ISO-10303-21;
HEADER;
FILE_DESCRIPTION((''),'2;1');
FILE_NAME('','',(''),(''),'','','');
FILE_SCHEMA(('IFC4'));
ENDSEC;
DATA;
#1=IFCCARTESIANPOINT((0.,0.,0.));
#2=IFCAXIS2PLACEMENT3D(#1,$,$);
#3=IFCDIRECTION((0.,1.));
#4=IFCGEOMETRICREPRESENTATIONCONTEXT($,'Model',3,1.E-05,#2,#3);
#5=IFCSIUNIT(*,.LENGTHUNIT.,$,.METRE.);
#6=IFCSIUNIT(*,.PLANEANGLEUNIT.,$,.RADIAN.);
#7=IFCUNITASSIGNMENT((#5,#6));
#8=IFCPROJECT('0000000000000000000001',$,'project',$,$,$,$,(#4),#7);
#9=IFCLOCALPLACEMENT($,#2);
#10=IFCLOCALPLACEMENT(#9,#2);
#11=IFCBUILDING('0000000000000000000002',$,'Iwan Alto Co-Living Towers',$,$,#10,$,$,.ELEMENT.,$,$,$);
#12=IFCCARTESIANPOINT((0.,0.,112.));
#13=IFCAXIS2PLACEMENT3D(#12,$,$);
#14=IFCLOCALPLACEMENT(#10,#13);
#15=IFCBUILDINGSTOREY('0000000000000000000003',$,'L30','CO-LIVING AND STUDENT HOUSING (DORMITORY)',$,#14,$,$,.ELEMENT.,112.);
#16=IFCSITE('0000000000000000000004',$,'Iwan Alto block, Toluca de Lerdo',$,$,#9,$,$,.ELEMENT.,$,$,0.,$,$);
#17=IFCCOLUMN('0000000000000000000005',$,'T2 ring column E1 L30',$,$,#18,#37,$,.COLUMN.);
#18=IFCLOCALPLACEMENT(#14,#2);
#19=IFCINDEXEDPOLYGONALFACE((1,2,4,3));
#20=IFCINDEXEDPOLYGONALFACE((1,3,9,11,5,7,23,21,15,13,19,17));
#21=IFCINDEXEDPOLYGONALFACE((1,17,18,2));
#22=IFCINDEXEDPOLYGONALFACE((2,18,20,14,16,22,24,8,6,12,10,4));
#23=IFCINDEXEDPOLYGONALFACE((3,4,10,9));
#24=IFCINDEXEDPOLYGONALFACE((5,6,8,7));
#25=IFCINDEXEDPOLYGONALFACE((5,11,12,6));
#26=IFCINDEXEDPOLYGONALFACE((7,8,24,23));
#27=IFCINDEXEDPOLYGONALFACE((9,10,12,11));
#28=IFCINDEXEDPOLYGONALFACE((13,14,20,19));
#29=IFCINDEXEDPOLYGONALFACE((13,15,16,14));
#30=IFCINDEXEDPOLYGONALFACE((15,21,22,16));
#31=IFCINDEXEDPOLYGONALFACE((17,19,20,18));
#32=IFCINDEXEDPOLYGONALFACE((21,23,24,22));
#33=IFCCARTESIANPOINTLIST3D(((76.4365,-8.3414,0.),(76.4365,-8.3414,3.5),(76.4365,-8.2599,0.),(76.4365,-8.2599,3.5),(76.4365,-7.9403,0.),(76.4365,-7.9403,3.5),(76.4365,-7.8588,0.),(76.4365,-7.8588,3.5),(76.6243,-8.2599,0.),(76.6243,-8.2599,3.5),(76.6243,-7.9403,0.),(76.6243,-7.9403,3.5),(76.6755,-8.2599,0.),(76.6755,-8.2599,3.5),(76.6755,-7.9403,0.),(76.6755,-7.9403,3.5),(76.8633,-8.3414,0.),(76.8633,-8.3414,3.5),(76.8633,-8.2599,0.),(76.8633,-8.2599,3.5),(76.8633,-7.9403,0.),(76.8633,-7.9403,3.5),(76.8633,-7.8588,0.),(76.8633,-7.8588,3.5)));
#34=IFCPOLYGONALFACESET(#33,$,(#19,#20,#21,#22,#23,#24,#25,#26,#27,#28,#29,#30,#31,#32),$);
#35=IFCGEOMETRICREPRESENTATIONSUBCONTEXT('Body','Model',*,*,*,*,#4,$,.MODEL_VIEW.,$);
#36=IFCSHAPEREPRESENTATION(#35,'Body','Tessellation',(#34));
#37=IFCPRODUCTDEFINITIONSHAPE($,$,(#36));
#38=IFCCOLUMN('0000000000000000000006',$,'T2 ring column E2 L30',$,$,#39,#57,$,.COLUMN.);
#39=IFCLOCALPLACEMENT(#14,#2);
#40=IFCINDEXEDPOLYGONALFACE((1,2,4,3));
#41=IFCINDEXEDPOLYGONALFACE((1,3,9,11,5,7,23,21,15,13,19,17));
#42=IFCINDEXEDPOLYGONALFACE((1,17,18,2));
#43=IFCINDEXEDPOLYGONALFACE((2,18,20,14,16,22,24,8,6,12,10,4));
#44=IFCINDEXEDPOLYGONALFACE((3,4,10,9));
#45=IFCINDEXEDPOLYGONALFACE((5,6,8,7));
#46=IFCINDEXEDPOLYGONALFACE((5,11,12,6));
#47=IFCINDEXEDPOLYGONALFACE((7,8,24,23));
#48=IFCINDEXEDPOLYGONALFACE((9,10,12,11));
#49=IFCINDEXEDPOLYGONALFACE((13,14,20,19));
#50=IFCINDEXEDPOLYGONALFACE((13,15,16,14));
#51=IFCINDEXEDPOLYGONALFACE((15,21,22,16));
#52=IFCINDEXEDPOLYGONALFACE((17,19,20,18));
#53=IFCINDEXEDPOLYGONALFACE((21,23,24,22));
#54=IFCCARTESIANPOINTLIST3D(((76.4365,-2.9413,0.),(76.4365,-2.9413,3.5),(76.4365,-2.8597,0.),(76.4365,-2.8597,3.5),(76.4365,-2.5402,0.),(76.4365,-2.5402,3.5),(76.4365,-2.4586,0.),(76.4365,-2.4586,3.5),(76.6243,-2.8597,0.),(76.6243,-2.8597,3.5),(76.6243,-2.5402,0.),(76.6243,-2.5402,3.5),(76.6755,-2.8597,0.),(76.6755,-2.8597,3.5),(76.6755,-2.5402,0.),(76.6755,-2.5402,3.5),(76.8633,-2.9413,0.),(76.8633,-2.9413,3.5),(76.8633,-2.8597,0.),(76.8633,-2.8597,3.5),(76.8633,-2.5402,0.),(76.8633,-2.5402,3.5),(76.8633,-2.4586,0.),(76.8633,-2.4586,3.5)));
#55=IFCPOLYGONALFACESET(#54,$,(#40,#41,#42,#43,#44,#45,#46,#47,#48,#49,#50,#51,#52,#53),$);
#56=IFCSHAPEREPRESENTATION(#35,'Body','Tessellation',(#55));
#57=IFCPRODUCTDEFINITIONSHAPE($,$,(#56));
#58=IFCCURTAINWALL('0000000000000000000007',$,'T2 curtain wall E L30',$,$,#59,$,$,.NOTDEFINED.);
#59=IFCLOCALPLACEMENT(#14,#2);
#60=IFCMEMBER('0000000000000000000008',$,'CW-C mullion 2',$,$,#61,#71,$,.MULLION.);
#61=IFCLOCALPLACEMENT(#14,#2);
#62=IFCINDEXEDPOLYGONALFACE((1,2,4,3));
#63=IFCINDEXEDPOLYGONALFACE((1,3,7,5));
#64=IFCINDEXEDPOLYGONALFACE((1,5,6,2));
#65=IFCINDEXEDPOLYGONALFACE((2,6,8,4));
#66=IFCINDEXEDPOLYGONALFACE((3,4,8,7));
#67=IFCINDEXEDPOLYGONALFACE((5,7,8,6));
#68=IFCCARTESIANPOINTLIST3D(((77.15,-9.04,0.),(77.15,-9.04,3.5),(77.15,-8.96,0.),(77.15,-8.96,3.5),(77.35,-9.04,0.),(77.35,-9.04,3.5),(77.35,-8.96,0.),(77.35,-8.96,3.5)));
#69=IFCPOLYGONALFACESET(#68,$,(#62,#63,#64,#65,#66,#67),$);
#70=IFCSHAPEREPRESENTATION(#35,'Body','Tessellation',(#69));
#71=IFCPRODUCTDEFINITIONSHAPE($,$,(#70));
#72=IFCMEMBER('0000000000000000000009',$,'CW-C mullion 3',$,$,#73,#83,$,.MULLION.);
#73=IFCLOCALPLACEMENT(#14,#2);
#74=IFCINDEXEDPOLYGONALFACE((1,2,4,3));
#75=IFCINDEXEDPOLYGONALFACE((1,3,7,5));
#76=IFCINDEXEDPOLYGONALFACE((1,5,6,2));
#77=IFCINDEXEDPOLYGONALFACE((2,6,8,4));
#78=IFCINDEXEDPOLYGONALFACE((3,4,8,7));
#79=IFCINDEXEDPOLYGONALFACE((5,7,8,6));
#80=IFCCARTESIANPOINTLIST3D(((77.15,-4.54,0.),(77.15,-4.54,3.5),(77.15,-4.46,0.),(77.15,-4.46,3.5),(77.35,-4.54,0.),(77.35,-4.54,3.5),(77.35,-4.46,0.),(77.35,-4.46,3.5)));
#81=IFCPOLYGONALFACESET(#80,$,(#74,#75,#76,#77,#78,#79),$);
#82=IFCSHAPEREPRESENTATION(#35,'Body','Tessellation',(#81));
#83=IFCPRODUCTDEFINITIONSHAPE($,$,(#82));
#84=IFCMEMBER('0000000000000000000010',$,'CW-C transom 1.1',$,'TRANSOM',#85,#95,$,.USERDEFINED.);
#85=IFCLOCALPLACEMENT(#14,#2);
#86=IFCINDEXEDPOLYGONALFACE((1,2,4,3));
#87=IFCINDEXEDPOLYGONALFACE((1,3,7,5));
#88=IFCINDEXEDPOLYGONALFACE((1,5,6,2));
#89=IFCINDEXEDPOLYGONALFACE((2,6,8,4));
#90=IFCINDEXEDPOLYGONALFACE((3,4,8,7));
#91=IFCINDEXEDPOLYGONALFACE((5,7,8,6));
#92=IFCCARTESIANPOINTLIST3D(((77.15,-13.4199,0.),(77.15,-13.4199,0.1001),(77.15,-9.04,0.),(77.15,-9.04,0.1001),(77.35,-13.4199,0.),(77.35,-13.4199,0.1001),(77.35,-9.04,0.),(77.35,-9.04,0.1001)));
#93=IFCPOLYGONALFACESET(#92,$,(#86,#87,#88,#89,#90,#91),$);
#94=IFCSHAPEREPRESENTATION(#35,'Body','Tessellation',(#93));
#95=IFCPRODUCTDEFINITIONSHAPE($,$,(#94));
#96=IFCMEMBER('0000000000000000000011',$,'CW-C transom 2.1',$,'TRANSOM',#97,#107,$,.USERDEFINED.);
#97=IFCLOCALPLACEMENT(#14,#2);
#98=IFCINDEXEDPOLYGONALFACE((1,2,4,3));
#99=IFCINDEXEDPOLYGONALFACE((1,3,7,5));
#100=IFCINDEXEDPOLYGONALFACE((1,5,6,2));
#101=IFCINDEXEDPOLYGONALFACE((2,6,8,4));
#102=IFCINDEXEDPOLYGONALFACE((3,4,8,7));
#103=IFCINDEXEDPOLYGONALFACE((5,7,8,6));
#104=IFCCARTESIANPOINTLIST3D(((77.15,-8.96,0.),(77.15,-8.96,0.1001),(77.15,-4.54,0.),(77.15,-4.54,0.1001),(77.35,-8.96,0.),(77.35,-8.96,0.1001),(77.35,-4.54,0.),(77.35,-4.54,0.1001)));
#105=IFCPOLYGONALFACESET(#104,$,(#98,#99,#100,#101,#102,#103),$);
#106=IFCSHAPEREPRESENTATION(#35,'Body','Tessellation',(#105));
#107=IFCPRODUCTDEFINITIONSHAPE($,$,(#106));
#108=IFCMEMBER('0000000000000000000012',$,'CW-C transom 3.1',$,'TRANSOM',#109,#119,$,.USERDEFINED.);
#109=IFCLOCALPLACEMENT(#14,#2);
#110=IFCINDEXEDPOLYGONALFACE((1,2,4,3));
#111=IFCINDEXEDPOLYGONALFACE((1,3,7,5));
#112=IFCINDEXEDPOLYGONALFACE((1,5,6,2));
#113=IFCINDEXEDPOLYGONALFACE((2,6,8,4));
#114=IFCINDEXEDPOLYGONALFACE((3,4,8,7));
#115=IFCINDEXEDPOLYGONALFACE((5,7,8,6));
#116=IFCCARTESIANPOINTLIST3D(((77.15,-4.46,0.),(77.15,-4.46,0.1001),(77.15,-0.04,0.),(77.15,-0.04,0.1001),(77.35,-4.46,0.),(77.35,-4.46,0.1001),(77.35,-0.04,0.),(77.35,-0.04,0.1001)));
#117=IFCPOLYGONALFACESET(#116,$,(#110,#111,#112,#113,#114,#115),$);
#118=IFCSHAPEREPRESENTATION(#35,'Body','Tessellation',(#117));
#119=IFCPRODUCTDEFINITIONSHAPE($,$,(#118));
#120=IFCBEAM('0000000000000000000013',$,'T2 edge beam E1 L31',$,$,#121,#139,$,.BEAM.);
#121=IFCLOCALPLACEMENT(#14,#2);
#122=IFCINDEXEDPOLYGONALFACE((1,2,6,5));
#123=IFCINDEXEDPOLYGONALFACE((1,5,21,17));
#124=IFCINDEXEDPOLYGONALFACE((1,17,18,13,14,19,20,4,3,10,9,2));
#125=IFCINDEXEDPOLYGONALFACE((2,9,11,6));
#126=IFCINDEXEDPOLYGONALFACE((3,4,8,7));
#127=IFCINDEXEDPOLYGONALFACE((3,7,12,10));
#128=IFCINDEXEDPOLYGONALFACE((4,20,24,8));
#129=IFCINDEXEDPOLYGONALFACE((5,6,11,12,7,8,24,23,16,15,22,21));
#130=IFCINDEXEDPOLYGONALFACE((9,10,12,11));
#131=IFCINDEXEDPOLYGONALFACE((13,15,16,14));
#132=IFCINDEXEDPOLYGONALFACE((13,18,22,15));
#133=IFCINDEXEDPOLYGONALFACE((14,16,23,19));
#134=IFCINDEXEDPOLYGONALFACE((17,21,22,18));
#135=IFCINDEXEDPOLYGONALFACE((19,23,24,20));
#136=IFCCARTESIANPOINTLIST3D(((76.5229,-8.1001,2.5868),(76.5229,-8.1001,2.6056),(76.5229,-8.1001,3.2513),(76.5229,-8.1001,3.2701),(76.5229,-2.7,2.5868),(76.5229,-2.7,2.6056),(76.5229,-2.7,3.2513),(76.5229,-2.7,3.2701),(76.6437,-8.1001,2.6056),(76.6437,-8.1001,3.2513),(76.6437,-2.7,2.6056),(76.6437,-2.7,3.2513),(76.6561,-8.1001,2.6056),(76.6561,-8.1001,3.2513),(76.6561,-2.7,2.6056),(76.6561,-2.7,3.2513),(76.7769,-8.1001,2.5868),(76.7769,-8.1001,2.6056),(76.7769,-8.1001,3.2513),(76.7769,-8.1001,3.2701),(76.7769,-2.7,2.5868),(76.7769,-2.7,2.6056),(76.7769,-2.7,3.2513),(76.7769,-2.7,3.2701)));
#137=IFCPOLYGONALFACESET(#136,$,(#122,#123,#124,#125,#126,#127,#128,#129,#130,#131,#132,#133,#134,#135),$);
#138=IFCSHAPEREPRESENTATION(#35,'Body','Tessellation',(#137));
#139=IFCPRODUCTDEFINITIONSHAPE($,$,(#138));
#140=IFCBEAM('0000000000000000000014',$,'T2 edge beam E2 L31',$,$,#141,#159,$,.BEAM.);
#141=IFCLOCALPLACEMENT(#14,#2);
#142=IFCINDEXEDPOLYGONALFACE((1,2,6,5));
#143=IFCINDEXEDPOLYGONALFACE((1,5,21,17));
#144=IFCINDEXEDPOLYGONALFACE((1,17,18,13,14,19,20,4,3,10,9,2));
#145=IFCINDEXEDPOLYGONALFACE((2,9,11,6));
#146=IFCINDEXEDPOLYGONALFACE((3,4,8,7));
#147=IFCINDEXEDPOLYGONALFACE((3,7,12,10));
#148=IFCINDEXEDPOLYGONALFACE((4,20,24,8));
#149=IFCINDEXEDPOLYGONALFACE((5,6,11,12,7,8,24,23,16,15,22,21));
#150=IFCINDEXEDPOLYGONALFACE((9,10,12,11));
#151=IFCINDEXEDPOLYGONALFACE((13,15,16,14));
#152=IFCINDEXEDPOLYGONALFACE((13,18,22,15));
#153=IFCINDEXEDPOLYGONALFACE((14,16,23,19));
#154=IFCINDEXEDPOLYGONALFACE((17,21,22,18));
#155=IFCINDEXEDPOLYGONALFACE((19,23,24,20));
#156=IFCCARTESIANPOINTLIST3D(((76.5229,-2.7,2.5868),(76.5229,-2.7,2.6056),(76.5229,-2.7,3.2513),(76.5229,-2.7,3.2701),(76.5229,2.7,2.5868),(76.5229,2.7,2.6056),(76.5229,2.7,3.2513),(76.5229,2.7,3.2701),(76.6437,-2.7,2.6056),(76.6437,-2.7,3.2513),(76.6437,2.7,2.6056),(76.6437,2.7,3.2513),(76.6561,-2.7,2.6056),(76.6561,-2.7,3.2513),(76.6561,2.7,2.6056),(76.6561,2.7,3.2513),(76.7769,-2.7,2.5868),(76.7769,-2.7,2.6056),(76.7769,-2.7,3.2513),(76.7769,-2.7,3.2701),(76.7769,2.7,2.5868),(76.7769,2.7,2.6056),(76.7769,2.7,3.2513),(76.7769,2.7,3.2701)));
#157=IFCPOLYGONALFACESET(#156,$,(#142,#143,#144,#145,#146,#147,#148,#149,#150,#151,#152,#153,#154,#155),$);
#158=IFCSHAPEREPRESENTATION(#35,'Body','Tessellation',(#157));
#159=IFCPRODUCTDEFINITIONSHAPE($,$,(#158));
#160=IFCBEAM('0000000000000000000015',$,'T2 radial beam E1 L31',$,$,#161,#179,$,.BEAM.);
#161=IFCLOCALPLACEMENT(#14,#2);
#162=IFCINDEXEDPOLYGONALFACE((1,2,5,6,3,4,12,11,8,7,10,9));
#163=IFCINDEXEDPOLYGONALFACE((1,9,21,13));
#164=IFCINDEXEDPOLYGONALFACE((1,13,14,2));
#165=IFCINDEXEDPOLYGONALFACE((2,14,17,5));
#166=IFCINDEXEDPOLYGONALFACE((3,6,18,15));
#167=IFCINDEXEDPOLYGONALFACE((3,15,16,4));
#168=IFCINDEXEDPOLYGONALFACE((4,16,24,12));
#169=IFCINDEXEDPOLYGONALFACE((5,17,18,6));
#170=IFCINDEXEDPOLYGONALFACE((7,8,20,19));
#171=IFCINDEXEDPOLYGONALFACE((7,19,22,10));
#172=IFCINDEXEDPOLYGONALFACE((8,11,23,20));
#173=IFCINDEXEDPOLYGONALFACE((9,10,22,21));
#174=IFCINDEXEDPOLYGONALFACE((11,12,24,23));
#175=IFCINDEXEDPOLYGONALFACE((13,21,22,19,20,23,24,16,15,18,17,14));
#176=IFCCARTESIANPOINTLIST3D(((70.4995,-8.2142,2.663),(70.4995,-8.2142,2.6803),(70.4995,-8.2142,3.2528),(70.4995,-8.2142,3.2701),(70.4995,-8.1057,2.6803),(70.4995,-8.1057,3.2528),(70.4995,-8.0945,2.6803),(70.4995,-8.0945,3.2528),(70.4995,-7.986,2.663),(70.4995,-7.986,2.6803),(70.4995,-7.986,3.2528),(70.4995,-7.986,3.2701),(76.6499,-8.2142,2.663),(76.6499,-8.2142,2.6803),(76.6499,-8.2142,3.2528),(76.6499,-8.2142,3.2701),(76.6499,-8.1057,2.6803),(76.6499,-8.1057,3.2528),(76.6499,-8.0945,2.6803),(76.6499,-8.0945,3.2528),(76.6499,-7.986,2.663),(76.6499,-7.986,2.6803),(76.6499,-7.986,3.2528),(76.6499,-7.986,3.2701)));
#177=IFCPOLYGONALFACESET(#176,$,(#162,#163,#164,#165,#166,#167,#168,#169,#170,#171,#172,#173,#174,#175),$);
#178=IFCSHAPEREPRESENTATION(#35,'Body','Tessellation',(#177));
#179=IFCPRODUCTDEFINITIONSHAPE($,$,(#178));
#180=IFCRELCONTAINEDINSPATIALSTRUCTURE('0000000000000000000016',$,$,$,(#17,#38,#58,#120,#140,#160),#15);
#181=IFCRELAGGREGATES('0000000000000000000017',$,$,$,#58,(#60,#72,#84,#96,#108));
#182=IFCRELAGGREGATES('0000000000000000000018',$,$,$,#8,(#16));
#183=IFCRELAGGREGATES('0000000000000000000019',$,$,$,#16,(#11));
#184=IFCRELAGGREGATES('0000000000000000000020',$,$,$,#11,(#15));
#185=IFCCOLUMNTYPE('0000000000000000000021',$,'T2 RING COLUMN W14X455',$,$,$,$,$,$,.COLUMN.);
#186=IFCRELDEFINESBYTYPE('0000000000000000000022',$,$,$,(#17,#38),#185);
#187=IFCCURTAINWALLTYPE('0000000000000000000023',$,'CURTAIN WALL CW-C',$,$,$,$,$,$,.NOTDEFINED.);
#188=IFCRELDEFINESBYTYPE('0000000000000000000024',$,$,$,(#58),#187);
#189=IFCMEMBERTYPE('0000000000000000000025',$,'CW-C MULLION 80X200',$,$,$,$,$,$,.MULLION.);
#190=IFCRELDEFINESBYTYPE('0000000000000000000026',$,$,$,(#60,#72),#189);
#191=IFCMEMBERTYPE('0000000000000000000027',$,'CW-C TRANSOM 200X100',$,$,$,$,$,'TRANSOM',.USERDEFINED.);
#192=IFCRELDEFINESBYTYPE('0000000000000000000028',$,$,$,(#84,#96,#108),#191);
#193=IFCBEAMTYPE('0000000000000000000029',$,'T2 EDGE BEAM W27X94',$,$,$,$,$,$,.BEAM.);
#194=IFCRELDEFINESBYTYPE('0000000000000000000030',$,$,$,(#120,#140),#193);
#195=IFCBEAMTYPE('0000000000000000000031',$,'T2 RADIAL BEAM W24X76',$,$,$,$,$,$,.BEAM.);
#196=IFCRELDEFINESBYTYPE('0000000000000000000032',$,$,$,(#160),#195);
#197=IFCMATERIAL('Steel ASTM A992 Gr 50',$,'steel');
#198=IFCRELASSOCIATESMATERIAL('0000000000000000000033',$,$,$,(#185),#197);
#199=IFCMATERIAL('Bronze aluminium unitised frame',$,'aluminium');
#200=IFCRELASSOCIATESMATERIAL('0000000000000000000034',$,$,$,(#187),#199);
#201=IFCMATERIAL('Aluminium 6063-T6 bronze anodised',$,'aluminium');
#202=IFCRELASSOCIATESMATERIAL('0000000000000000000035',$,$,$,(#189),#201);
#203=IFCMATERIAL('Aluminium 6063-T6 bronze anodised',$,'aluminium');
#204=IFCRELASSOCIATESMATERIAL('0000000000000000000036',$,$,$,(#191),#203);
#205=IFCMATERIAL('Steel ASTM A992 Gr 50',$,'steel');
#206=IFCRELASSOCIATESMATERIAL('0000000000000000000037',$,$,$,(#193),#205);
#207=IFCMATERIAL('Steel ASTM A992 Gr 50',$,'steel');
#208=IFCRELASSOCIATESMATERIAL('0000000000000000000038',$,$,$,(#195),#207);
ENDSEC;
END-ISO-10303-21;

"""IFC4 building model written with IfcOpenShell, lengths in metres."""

from ifc_helpers import new_model, si_unit, direction, frame, origin, origin_2d, place, context, subcontext, project, spatial, rectangle, i_section, extrude, material, material_profile, profile_set, type_object, element, aggregate, save


model = new_model("IFC4")

# Units and contexts
model_context = context("Model", 3, precision=1e-05, world=origin(), true_north=direction((0.0, 1.0)))
body_context = subcontext(model_context, "Body", "Model", "MODEL_VIEW")
ifc_project = project(units=[si_unit("LENGTHUNIT", "METRE"), si_unit("PLANEANGLEUNIT", "RADIAN")], contexts=[model_context])

# Site, building, storey
site_placement = place(None, origin())
site = spatial("IfcSite", under=ifc_project, at=site_placement, Name="Iwan Alto block, Toluca de Lerdo", CompositionType="ELEMENT", RefElevation=0.0)
building_placement = place(site_placement, origin())
building = spatial("IfcBuilding", under=site, at=building_placement, Name="Iwan Alto Co-Living Towers", CompositionType="ELEMENT")
storey_placement = place(building_placement, frame((0.0, 0.0, 112.0)))
storey = spatial("IfcBuildingStorey", under=building, at=storey_placement, Name="L30", Description="CO-LIVING AND STUDENT HOUSING (DORMITORY)", CompositionType="ELEMENT", Elevation=112.0)

# Columns
ifc_material_1 = material(Name="Steel ASTM A992 Gr 50", Category="steel")
ifc_material_profile_1 = material_profile(ifc_material_1, i_section(OverallWidth=0.4268, OverallDepth=0.4827, WebThickness=0.0513, FlangeThickness=0.0815, at=origin_2d()), Name="W14X455")
ifc_profile_set_1 = profile_set([ifc_material_profile_1], Name="Steel ASTM A992 Gr 50")
column_type = type_object("IfcColumnType", Name="T2 RING COLUMN W14X455", PredefinedType="COLUMN", material=ifc_profile_set_1)
for number, where, z_axis, x_axis, name in (
    (1, (76.6499, -8.1001, 0.0), (0.0, 0.0, 1.0), (1.0, 0.0, 0.0), "T2 ring column E1 L30"),
    (2, (76.6499, -2.7, 0.0), (0.0, 0.0, 1.0), (1.0, 0.0, 0.0), "T2 ring column E2 L30"),
):
    element("IfcColumn", number, at=place(storey_placement, frame(where, z_axis=z_axis, x_axis=x_axis)), inside=storey, type_object=column_type, Name=name, PredefinedType="COLUMN", context=body_context, shape_type="SweptSolid", body=[
        extrude(i_section(OverallWidth=0.4268, OverallDepth=0.4827, WebThickness=0.0513, FlangeThickness=0.0815, at=origin_2d()), origin(), (0.0, 0.0, 1.0), 3.5),
    ])

# Curtain wall, members
ifc_material_2 = material(Name="Bronze aluminium unitised frame", Category="aluminium")
curtain_wall_type = type_object("IfcCurtainWallType", Name="CURTAIN WALL CW-C", PredefinedType="NOTDEFINED", material=ifc_material_2)
curtain_wall_placement = place(storey_placement, origin())
curtain_wall = element("IfcCurtainWall", 3, at=curtain_wall_placement, inside=storey, type_object=curtain_wall_type, Name="T2 curtain wall E L30", PredefinedType="NOTDEFINED")
ifc_material_3 = material(Name="Aluminium 6063-T6 bronze anodised", Category="aluminium")
ifc_material_profile_2 = material_profile(ifc_material_3, rectangle(XDim=0.2, YDim=0.0801, at=origin_2d()), Name="AL 80X200")
ifc_profile_set_2 = profile_set([ifc_material_profile_2], Name="Aluminium 6063-T6 bronze anodised")
member_type_1 = type_object("IfcMemberType", Name="CW-C MULLION 80X200", PredefinedType="MULLION", material=ifc_profile_set_2)
member_1_placement = place(storey_placement, frame((77.25, -9.0, 0.0), z_axis=(0.0, 0.0, 1.0), x_axis=(-1.0, 0.0, 0.0)))
member_1 = element("IfcMember", 4, at=member_1_placement, type_object=member_type_1, Name="CW-C mullion 2", PredefinedType="MULLION", context=body_context, shape_type="SweptSolid", body=[
    extrude(rectangle(XDim=0.2, YDim=0.0801, at=origin_2d()), origin(), (0.0, 0.0, 1.0), 3.5),
])
member_2_placement = place(storey_placement, frame((77.25, -4.5, 0.0), z_axis=(0.0, 0.0, 1.0), x_axis=(-1.0, 0.0, 0.0)))
member_2 = element("IfcMember", 5, at=member_2_placement, type_object=member_type_1, Name="CW-C mullion 3", PredefinedType="MULLION", context=body_context, shape_type="SweptSolid", body=[
    extrude(rectangle(XDim=0.2, YDim=0.0801, at=origin_2d()), origin(), (0.0, 0.0, 1.0), 3.5),
])
ifc_material_4 = material(Name="Aluminium 6063-T6 bronze anodised", Category="aluminium")
ifc_material_profile_3 = material_profile(ifc_material_4, rectangle(XDim=0.2, YDim=0.1001, at=origin_2d()), Name="AL 200X100")
ifc_profile_set_3 = profile_set([ifc_material_profile_3], Name="Aluminium 6063-T6 bronze anodised")
member_type_2 = type_object("IfcMemberType", Name="CW-C TRANSOM 200X100", ElementType="TRANSOM", PredefinedType="USERDEFINED", material=ifc_profile_set_3)
member_3_placement = place(storey_placement, frame((77.25, -13.4199, 0.05), z_axis=(0.0, 1.0, 0.0), x_axis=(-1.0, 0.0, 0.0)))
member_3 = element("IfcMember", 6, at=member_3_placement, type_object=member_type_2, Name="CW-C transom 1.1", ObjectType="TRANSOM", PredefinedType="USERDEFINED", context=body_context, shape_type="SweptSolid", body=[
    extrude(rectangle(XDim=0.2, YDim=0.1001, at=origin_2d()), origin(), (0.0, 0.0, 1.0), 4.3799),
])
member_4_placement = place(storey_placement, frame((77.25, -8.96, 0.05), z_axis=(0.0, 1.0, 0.0), x_axis=(-1.0, 0.0, 0.0)))
member_4 = element("IfcMember", 7, at=member_4_placement, type_object=member_type_2, Name="CW-C transom 2.1", ObjectType="TRANSOM", PredefinedType="USERDEFINED", context=body_context, shape_type="SweptSolid", body=[
    extrude(rectangle(XDim=0.2, YDim=0.1001, at=origin_2d()), origin(), (0.0, 0.0, 1.0), 4.4199),
])
member_5_placement = place(storey_placement, frame((77.25, -4.46, 0.05), z_axis=(0.0, 1.0, 0.0), x_axis=(-1.0, 0.0, 0.0)))
member_5 = element("IfcMember", 8, at=member_5_placement, type_object=member_type_2, Name="CW-C transom 3.1", ObjectType="TRANSOM", PredefinedType="USERDEFINED", context=body_context, shape_type="SweptSolid", body=[
    extrude(rectangle(XDim=0.2, YDim=0.1001, at=origin_2d()), origin(), (0.0, 0.0, 1.0), 4.4199),
])

# Beams
ifc_material_5 = material(Name="Steel ASTM A992 Gr 50", Category="steel")
ifc_material_profile_4 = material_profile(ifc_material_5, i_section(OverallWidth=0.2539, OverallDepth=0.6833, WebThickness=0.0125, FlangeThickness=0.0188, at=origin_2d()), Name="W27X94")
ifc_profile_set_4 = profile_set([ifc_material_profile_4], Name="Steel ASTM A992 Gr 50")
beam_type_1 = type_object("IfcBeamType", Name="T2 EDGE BEAM W27X94", PredefinedType="BEAM", material=ifc_profile_set_4)
beam_1_placement = place(storey_placement, frame((76.6499, -8.1001, 2.9285), z_axis=(0.0, 1.0, 0.0), x_axis=(-1.0, 0.0, 0.0)))
element("IfcBeam", 9, at=beam_1_placement, inside=storey, type_object=beam_type_1, Name="T2 edge beam E1 L31", PredefinedType="BEAM", context=body_context, shape_type="SweptSolid", body=[
    extrude(i_section(OverallWidth=0.2539, OverallDepth=0.6833, WebThickness=0.0125, FlangeThickness=0.0188, at=origin_2d()), origin(), (0.0, 0.0, 1.0), 5.4001),
])
beam_2_placement = place(storey_placement, frame((76.6499, -2.7, 2.9285), z_axis=(0.0, 1.0, 0.0), x_axis=(-1.0, 0.0, 0.0)))
element("IfcBeam", 10, at=beam_2_placement, inside=storey, type_object=beam_type_1, Name="T2 edge beam E2 L31", PredefinedType="BEAM", context=body_context, shape_type="SweptSolid", body=[
    extrude(i_section(OverallWidth=0.2539, OverallDepth=0.6833, WebThickness=0.0125, FlangeThickness=0.0188, at=origin_2d()), origin(), (0.0, 0.0, 1.0), 5.3999),
])
ifc_material_6 = material(Name="Steel ASTM A992 Gr 50", Category="steel")
ifc_material_profile_5 = material_profile(ifc_material_6, i_section(OverallWidth=0.2283, OverallDepth=0.6072, WebThickness=0.0112, FlangeThickness=0.0173, at=origin_2d()), Name="W24X76")
ifc_profile_set_5 = profile_set([ifc_material_profile_5], Name="Steel ASTM A992 Gr 50")
beam_type_2 = type_object("IfcBeamType", Name="T2 RADIAL BEAM W24X76", PredefinedType="BEAM", material=ifc_profile_set_5)
for number, where, z_axis, x_axis, name in (
    (11, (76.6499, -8.1001, 2.9666), (-1.0, 0.0, 0.0), (0.0, -1.0, 0.0), "T2 radial beam E1 L31"),
):
    element("IfcBeam", number, at=place(storey_placement, frame(where, z_axis=z_axis, x_axis=x_axis)), inside=storey, type_object=beam_type_2, Name=name, PredefinedType="BEAM", context=body_context, shape_type="SweptSolid", body=[
        extrude(i_section(OverallWidth=0.2283, OverallDepth=0.6072, WebThickness=0.0112, FlangeThickness=0.0173, at=origin_2d()), origin(), (0.0, 0.0, 1.0), 6.1504),
    ])

aggregate(curtain_wall, [member_1, member_2, member_3, member_4, member_5])

save(model, "model.ifc")
